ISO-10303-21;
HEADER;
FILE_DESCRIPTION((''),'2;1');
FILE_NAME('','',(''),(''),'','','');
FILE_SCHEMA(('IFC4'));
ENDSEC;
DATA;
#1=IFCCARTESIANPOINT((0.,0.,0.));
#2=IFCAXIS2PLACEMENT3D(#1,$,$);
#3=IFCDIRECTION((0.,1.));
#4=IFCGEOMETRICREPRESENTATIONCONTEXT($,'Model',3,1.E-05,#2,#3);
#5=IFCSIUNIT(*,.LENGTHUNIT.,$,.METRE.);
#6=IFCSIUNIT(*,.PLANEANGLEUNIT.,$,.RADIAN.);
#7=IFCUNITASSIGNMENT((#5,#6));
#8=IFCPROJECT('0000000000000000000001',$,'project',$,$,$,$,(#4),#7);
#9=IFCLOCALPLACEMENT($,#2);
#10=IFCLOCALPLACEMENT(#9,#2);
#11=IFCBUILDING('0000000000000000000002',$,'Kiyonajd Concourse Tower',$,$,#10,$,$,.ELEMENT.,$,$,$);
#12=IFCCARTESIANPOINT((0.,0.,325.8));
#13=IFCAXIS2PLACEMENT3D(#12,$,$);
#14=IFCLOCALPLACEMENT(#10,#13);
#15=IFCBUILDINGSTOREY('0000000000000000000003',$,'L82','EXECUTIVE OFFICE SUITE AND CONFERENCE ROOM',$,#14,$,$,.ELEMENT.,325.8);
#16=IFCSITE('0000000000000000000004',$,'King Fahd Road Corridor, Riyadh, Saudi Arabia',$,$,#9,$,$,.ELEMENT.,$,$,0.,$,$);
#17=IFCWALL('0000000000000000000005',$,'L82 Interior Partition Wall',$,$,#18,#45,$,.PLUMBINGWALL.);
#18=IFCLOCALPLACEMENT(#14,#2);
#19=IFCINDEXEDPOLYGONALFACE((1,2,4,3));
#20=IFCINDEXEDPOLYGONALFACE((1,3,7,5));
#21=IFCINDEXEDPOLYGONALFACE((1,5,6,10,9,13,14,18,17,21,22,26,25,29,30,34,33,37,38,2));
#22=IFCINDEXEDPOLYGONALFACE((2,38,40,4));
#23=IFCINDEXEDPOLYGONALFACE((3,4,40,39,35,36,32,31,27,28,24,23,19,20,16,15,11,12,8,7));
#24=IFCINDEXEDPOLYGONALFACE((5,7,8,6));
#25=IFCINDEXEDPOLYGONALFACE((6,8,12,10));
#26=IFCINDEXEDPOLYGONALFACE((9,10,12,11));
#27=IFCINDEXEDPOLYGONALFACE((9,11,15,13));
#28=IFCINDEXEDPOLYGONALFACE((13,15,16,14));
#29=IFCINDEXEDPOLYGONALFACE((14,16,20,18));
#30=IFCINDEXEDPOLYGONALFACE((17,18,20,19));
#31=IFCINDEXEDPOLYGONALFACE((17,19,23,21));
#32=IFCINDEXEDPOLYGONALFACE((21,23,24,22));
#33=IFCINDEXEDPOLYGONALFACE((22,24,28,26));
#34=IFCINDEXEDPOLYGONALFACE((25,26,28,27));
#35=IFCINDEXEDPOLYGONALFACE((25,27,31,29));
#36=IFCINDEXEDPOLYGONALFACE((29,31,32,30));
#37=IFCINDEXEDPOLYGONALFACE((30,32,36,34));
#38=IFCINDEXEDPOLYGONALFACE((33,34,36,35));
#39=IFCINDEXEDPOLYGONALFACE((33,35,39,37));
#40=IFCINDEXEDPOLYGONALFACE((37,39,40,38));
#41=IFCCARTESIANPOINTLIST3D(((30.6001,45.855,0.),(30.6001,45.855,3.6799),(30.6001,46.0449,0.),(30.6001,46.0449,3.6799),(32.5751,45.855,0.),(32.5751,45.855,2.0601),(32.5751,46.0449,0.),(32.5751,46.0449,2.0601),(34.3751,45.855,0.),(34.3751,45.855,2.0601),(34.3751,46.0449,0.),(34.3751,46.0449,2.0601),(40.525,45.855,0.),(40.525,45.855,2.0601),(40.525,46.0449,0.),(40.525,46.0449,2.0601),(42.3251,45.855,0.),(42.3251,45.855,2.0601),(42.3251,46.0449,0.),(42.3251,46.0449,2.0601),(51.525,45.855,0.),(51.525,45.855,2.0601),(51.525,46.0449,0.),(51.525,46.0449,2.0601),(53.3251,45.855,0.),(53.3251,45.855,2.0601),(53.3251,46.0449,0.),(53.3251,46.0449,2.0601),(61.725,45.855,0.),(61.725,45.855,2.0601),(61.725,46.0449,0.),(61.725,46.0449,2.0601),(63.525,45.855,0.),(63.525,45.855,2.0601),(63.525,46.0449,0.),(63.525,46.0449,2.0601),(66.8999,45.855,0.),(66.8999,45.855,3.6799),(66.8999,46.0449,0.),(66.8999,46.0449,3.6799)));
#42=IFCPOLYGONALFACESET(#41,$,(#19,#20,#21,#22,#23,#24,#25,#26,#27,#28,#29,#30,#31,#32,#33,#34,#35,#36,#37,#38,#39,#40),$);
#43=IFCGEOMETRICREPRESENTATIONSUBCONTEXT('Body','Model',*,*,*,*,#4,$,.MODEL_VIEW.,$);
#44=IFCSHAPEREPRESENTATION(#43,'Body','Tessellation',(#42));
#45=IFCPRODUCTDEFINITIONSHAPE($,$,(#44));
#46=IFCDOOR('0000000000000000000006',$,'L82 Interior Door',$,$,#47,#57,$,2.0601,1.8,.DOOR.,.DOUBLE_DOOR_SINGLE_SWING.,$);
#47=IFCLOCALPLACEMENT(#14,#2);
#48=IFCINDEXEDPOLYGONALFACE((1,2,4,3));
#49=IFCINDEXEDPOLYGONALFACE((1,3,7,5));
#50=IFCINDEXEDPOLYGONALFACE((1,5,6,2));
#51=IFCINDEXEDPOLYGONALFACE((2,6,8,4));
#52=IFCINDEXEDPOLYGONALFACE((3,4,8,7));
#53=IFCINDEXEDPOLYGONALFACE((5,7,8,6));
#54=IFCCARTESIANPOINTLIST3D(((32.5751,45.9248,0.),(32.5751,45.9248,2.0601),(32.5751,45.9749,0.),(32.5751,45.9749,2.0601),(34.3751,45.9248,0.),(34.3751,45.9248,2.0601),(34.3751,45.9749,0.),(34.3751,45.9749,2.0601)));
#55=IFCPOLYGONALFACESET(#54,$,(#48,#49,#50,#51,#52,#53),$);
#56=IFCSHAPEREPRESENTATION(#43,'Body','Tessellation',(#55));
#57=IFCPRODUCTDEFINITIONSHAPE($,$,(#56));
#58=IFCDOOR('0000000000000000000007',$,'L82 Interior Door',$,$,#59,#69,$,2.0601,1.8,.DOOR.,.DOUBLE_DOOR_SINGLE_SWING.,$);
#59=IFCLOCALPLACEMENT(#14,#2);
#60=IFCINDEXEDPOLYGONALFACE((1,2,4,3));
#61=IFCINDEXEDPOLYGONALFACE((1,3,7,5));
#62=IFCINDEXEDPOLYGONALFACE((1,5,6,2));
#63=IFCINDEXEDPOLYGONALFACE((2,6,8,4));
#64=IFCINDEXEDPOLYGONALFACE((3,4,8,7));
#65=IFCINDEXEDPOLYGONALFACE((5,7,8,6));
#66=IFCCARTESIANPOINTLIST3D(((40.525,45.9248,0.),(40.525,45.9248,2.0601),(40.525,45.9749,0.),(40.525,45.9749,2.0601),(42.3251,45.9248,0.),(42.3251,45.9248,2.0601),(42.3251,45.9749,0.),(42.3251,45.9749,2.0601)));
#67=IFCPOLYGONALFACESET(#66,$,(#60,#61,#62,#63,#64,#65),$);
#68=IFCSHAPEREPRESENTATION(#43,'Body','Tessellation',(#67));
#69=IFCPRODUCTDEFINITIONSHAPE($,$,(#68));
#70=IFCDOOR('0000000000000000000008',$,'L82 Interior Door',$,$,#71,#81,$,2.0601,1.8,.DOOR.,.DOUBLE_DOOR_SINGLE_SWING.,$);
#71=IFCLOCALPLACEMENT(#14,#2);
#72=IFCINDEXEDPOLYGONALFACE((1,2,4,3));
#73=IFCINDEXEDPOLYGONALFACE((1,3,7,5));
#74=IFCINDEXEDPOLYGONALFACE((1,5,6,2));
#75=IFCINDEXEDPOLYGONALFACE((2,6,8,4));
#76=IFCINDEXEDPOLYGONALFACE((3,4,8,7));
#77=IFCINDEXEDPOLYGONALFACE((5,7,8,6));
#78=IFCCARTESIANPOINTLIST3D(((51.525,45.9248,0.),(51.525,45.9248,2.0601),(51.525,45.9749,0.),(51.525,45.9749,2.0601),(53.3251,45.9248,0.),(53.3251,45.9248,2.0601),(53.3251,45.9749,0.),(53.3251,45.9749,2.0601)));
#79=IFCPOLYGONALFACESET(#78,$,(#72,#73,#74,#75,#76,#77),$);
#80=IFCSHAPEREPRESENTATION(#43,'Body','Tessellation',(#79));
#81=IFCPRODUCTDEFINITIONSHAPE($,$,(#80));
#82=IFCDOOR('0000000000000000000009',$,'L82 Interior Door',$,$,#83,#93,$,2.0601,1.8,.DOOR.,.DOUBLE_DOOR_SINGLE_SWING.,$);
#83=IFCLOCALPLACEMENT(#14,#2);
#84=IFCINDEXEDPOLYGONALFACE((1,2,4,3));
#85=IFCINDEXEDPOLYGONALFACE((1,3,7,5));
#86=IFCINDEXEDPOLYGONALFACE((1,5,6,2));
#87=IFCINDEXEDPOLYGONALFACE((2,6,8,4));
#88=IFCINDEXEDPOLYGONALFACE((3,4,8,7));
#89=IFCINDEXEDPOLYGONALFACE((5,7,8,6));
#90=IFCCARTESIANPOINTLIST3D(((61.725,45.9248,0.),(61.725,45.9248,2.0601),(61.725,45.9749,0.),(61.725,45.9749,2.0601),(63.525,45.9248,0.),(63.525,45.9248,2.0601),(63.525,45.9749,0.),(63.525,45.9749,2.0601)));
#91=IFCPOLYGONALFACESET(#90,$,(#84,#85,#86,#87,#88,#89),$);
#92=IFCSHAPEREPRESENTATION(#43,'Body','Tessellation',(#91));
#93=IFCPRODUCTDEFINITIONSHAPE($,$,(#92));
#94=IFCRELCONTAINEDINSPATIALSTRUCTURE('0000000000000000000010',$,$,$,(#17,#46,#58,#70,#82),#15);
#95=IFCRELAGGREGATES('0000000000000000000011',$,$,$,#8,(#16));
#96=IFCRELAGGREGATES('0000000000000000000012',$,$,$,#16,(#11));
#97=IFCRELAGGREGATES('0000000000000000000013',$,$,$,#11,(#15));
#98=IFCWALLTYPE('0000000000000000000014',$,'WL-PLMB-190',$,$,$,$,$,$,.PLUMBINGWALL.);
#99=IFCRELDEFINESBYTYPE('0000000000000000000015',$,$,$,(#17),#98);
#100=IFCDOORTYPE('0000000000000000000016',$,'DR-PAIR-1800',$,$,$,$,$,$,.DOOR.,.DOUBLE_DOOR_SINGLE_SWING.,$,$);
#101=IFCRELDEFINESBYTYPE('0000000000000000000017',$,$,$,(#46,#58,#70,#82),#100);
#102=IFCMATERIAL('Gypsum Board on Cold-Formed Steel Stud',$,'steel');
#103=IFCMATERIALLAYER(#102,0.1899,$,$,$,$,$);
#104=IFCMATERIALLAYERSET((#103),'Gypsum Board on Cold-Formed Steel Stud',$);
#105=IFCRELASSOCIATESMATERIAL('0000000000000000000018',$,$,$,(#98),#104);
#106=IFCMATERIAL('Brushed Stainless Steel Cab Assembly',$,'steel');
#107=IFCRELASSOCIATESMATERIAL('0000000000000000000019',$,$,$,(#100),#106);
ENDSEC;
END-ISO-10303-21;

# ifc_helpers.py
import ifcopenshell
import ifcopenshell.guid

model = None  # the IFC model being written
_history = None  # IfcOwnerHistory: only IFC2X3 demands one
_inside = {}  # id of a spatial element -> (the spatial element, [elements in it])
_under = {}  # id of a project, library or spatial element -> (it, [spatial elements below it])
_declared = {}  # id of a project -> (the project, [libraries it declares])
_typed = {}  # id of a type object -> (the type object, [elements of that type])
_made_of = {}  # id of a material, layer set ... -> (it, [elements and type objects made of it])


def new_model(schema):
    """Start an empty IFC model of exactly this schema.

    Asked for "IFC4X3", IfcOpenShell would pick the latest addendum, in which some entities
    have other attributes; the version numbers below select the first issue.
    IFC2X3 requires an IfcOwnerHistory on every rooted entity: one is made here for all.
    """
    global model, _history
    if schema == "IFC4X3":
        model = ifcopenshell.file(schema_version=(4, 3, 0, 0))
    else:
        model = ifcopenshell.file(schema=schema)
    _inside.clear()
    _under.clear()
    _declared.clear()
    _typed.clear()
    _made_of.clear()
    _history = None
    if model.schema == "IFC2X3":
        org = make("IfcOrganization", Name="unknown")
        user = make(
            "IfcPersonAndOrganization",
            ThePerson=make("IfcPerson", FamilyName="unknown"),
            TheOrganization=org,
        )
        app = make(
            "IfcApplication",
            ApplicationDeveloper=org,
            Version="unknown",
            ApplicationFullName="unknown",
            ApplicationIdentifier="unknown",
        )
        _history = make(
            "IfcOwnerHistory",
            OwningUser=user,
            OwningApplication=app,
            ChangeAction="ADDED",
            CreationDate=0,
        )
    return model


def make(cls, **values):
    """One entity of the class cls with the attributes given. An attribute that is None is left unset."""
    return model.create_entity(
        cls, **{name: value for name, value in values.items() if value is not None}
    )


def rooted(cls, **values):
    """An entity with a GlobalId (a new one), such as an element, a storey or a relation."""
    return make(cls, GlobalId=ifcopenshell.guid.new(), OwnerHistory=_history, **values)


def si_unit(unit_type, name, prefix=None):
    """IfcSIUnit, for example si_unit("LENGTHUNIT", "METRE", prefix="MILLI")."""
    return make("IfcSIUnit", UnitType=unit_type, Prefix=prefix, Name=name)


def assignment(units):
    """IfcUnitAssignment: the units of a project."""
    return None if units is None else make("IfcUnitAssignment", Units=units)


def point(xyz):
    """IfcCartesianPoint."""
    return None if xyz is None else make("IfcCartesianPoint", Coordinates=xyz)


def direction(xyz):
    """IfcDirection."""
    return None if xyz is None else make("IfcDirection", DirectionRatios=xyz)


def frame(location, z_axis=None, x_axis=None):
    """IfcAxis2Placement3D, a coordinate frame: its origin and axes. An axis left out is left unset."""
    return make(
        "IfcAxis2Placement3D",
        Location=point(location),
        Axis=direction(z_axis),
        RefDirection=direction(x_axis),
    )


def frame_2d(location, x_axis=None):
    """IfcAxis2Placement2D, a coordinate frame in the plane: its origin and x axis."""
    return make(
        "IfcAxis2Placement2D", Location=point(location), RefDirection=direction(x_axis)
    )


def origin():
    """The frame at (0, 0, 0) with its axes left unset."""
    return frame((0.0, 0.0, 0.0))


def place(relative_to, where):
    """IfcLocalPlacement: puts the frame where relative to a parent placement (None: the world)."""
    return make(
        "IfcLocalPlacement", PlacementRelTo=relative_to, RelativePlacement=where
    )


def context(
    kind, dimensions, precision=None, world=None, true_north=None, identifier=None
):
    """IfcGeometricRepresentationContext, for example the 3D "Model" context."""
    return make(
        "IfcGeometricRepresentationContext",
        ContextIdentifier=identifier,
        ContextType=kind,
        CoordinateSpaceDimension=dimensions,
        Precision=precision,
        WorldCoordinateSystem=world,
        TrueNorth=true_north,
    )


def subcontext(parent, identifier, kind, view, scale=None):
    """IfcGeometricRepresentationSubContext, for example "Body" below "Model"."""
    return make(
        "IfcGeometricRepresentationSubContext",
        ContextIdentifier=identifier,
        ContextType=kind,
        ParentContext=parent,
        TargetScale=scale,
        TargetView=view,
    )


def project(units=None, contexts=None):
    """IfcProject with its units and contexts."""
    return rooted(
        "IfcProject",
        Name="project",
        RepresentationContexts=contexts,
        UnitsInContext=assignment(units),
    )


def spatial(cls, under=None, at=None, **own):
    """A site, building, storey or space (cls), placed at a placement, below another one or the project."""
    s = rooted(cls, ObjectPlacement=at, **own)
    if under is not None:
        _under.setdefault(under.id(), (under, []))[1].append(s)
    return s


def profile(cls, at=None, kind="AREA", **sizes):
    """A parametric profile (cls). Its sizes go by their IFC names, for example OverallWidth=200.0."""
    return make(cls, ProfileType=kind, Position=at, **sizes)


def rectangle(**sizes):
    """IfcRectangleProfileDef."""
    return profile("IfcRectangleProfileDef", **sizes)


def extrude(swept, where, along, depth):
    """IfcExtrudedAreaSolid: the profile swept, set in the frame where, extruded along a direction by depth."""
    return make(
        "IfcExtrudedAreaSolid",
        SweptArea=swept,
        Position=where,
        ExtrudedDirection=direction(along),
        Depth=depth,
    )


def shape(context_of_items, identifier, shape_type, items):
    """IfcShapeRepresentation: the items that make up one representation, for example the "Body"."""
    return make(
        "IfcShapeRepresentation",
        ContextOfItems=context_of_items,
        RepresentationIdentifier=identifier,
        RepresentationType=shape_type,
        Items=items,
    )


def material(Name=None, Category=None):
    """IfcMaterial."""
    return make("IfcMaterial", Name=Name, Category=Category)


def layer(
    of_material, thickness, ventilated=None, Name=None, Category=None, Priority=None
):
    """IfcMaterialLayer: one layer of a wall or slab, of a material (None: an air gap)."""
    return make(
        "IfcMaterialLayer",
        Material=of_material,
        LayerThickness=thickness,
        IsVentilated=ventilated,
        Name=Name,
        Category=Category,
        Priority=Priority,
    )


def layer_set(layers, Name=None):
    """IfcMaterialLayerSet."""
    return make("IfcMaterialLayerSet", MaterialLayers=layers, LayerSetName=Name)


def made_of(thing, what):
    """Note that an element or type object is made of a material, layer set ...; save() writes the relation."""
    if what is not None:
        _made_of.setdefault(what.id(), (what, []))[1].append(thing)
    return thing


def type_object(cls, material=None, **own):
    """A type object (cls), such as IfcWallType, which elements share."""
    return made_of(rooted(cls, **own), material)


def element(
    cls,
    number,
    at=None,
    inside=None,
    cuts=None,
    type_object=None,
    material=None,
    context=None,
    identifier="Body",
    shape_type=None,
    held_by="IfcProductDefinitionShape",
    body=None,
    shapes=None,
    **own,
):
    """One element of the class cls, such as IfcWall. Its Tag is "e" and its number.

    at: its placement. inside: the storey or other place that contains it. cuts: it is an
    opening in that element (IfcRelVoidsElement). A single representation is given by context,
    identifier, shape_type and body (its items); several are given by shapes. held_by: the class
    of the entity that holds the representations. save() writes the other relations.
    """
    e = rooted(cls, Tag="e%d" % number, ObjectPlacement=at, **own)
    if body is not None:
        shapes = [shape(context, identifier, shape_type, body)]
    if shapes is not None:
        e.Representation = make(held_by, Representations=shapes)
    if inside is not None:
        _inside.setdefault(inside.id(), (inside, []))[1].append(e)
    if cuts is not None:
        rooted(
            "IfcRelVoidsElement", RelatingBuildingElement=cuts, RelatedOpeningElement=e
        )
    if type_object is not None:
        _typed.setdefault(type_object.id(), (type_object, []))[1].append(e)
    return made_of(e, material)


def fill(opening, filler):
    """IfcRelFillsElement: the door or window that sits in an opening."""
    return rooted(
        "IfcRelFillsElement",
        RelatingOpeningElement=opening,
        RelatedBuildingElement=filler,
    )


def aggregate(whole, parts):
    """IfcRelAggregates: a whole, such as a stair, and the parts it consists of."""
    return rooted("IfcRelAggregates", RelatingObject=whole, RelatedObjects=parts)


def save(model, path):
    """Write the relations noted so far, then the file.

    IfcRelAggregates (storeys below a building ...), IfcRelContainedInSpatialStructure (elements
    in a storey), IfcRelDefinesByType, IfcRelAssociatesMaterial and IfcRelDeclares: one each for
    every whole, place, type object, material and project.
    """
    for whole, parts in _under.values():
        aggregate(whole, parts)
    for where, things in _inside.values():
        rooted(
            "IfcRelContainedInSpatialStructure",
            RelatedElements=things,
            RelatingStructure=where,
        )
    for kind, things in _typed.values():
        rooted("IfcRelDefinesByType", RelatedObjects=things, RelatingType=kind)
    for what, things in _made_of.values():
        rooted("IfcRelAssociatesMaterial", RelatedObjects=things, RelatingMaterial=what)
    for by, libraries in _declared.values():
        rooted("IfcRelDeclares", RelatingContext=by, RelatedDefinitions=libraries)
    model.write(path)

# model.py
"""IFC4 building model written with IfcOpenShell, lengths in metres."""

from ifc_helpers import new_model, si_unit, direction, frame, frame_2d, origin, place, context, subcontext, project, spatial, rectangle, extrude, material, layer, layer_set, type_object, element, fill, save


model = new_model("IFC4")

# Units and contexts
model_context = context("Model", 3, precision=1e-05, world=origin(), true_north=direction((0.0, 1.0)))
body_context = subcontext(model_context, "Body", "Model", "MODEL_VIEW")
ifc_project = project(units=[si_unit("LENGTHUNIT", "METRE"), si_unit("PLANEANGLEUNIT", "RADIAN")], contexts=[model_context])

# Site, building, storey
site_placement = place(None, origin())
site = spatial("IfcSite", under=ifc_project, at=site_placement, Name="King Fahd Road Corridor, Riyadh, Saudi Arabia", CompositionType="ELEMENT", RefElevation=0.0)
building_placement = place(site_placement, origin())
building = spatial("IfcBuilding", under=site, at=building_placement, Name="Kiyonajd Concourse Tower", CompositionType="ELEMENT")
storey_placement = place(building_placement, frame((0.0, 0.0, 325.8)))
storey = spatial("IfcBuildingStorey", under=building, at=storey_placement, Name="L82", Description="EXECUTIVE OFFICE SUITE AND CONFERENCE ROOM", CompositionType="ELEMENT", Elevation=325.8)

# Wall, openings, doors
ifc_material_1 = material(Name="Gypsum Board on Cold-Formed Steel Stud", Category="steel")
ifc_layer_1 = layer(ifc_material_1, 0.1899)
ifc_layer_set_1 = layer_set([ifc_layer_1], Name="Gypsum Board on Cold-Formed Steel Stud")
wall_type_1 = type_object("IfcWallType", Name="WL-PLMB-190", PredefinedType="PLUMBINGWALL", material=ifc_layer_set_1)
wall_1_placement = place(storey_placement, frame((30.6001, 45.95, 0.0), z_axis=(0.0, 0.0, 1.0), x_axis=(1.0, 0.0, 0.0)))
wall_1 = element("IfcWall", 1, at=wall_1_placement, inside=storey, type_object=wall_type_1, Name="L82 Interior Partition Wall", PredefinedType="PLUMBINGWALL", context=body_context, shape_type="SweptSolid", body=[
    extrude(rectangle(XDim=36.2998, YDim=0.1899, at=frame_2d((18.1499, 0.0))), origin(), (0.0, 0.0, 1.0), 3.6799),
])
opening_1_placement = place(wall_1_placement, frame((1.9751, 0.0, 0.0)))
opening_1 = element("IfcOpeningElement", 2, at=opening_1_placement, cuts=wall_1, PredefinedType="OPENING", context=body_context, shape_type="SweptSolid", body=[
    extrude(rectangle(XDim=1.8, YDim=2.0601, at=frame_2d((0.8999, 1.03))), frame((0.0, 0.105, 0.0), z_axis=(0.0, -1.0, 0.0), x_axis=(1.0, 0.0, 0.0)), (0.0, 0.0, 1.0), 0.21),
])
opening_2_placement = place(wall_1_placement, frame((9.925, 0.0, 0.0)))
opening_2 = element("IfcOpeningElement", 3, at=opening_2_placement, cuts=wall_1, PredefinedType="OPENING", context=body_context, shape_type="SweptSolid", body=[
    extrude(rectangle(XDim=1.8, YDim=2.0601, at=frame_2d((0.8999, 1.03))), frame((0.0, 0.105, 0.0), z_axis=(0.0, -1.0, 0.0), x_axis=(1.0, 0.0, 0.0)), (0.0, 0.0, 1.0), 0.21),
])
opening_3_placement = place(wall_1_placement, frame((20.925, 0.0, 0.0)))
opening_3 = element("IfcOpeningElement", 4, at=opening_3_placement, cuts=wall_1, PredefinedType="OPENING", context=body_context, shape_type="SweptSolid", body=[
    extrude(rectangle(XDim=1.8, YDim=2.0601, at=frame_2d((0.8999, 1.03))), frame((0.0, 0.105, 0.0), z_axis=(0.0, -1.0, 0.0), x_axis=(1.0, 0.0, 0.0)), (0.0, 0.0, 1.0), 0.21),
])
opening_4_placement = place(wall_1_placement, frame((31.125, 0.0, 0.0)))
opening_4 = element("IfcOpeningElement", 5, at=opening_4_placement, cuts=wall_1, PredefinedType="OPENING", context=body_context, shape_type="SweptSolid", body=[
    extrude(rectangle(XDim=1.8, YDim=2.0601, at=frame_2d((0.8999, 1.03))), frame((0.0, 0.105, 0.0), z_axis=(0.0, -1.0, 0.0), x_axis=(1.0, 0.0, 0.0)), (0.0, 0.0, 1.0), 0.21),
])
ifc_material_2 = material(Name="Brushed Stainless Steel Cab Assembly", Category="steel")
door_type = type_object("IfcDoorType", Name="DR-PAIR-1800", OperationType="DOUBLE_DOOR_SINGLE_SWING", PredefinedType="DOOR", material=ifc_material_2)
door_1_placement = place(opening_1_placement, origin())
door_1 = element("IfcDoor", 6, at=door_1_placement, inside=storey, type_object=door_type, Name="L82 Interior Door", OperationType="DOUBLE_DOOR_SINGLE_SWING", OverallHeight=2.0601, OverallWidth=1.8, PredefinedType="DOOR", context=body_context, shape_type="SweptSolid", body=[
    extrude(rectangle(XDim=1.8, YDim=2.0601, at=frame_2d((0.8999, 1.03))), frame((0.0, 0.0249, 0.0), z_axis=(0.0, -1.0, 0.0), x_axis=(1.0, 0.0, 0.0)), (0.0, 0.0, 1.0), 0.05),
])
fill(opening_1, door_1)
door_2_placement = place(opening_2_placement, origin())
door_2 = element("IfcDoor", 7, at=door_2_placement, inside=storey, type_object=door_type, Name="L82 Interior Door", OperationType="DOUBLE_DOOR_SINGLE_SWING", OverallHeight=2.0601, OverallWidth=1.8, PredefinedType="DOOR", context=body_context, shape_type="SweptSolid", body=[
    extrude(rectangle(XDim=1.8, YDim=2.0601, at=frame_2d((0.8999, 1.03))), frame((0.0, 0.0249, 0.0), z_axis=(0.0, -1.0, 0.0), x_axis=(1.0, 0.0, 0.0)), (0.0, 0.0, 1.0), 0.05),
])
fill(opening_2, door_2)
door_3_placement = place(opening_3_placement, origin())
door_3 = element("IfcDoor", 8, at=door_3_placement, inside=storey, type_object=door_type, Name="L82 Interior Door", OperationType="DOUBLE_DOOR_SINGLE_SWING", OverallHeight=2.0601, OverallWidth=1.8, PredefinedType="DOOR", context=body_context, shape_type="SweptSolid", body=[
    extrude(rectangle(XDim=1.8, YDim=2.0601, at=frame_2d((0.8999, 1.03))), frame((0.0, 0.0249, 0.0), z_axis=(0.0, -1.0, 0.0), x_axis=(1.0, 0.0, 0.0)), (0.0, 0.0, 1.0), 0.05),
])
fill(opening_3, door_3)
door_4_placement = place(opening_4_placement, origin())
door_4 = element("IfcDoor", 9, at=door_4_placement, inside=storey, type_object=door_type, Name="L82 Interior Door", OperationType="DOUBLE_DOOR_SINGLE_SWING", OverallHeight=2.0601, OverallWidth=1.8, PredefinedType="DOOR", context=body_context, shape_type="SweptSolid", body=[
    extrude(rectangle(XDim=1.8, YDim=2.0601, at=frame_2d((0.8999, 1.03))), frame((0.0, 0.0249, 0.0), z_axis=(0.0, -1.0, 0.0), x_axis=(1.0, 0.0, 0.0)), (0.0, 0.0, 1.0), 0.05),
])
fill(opening_4, door_4)

save(model, "model.ifc")
